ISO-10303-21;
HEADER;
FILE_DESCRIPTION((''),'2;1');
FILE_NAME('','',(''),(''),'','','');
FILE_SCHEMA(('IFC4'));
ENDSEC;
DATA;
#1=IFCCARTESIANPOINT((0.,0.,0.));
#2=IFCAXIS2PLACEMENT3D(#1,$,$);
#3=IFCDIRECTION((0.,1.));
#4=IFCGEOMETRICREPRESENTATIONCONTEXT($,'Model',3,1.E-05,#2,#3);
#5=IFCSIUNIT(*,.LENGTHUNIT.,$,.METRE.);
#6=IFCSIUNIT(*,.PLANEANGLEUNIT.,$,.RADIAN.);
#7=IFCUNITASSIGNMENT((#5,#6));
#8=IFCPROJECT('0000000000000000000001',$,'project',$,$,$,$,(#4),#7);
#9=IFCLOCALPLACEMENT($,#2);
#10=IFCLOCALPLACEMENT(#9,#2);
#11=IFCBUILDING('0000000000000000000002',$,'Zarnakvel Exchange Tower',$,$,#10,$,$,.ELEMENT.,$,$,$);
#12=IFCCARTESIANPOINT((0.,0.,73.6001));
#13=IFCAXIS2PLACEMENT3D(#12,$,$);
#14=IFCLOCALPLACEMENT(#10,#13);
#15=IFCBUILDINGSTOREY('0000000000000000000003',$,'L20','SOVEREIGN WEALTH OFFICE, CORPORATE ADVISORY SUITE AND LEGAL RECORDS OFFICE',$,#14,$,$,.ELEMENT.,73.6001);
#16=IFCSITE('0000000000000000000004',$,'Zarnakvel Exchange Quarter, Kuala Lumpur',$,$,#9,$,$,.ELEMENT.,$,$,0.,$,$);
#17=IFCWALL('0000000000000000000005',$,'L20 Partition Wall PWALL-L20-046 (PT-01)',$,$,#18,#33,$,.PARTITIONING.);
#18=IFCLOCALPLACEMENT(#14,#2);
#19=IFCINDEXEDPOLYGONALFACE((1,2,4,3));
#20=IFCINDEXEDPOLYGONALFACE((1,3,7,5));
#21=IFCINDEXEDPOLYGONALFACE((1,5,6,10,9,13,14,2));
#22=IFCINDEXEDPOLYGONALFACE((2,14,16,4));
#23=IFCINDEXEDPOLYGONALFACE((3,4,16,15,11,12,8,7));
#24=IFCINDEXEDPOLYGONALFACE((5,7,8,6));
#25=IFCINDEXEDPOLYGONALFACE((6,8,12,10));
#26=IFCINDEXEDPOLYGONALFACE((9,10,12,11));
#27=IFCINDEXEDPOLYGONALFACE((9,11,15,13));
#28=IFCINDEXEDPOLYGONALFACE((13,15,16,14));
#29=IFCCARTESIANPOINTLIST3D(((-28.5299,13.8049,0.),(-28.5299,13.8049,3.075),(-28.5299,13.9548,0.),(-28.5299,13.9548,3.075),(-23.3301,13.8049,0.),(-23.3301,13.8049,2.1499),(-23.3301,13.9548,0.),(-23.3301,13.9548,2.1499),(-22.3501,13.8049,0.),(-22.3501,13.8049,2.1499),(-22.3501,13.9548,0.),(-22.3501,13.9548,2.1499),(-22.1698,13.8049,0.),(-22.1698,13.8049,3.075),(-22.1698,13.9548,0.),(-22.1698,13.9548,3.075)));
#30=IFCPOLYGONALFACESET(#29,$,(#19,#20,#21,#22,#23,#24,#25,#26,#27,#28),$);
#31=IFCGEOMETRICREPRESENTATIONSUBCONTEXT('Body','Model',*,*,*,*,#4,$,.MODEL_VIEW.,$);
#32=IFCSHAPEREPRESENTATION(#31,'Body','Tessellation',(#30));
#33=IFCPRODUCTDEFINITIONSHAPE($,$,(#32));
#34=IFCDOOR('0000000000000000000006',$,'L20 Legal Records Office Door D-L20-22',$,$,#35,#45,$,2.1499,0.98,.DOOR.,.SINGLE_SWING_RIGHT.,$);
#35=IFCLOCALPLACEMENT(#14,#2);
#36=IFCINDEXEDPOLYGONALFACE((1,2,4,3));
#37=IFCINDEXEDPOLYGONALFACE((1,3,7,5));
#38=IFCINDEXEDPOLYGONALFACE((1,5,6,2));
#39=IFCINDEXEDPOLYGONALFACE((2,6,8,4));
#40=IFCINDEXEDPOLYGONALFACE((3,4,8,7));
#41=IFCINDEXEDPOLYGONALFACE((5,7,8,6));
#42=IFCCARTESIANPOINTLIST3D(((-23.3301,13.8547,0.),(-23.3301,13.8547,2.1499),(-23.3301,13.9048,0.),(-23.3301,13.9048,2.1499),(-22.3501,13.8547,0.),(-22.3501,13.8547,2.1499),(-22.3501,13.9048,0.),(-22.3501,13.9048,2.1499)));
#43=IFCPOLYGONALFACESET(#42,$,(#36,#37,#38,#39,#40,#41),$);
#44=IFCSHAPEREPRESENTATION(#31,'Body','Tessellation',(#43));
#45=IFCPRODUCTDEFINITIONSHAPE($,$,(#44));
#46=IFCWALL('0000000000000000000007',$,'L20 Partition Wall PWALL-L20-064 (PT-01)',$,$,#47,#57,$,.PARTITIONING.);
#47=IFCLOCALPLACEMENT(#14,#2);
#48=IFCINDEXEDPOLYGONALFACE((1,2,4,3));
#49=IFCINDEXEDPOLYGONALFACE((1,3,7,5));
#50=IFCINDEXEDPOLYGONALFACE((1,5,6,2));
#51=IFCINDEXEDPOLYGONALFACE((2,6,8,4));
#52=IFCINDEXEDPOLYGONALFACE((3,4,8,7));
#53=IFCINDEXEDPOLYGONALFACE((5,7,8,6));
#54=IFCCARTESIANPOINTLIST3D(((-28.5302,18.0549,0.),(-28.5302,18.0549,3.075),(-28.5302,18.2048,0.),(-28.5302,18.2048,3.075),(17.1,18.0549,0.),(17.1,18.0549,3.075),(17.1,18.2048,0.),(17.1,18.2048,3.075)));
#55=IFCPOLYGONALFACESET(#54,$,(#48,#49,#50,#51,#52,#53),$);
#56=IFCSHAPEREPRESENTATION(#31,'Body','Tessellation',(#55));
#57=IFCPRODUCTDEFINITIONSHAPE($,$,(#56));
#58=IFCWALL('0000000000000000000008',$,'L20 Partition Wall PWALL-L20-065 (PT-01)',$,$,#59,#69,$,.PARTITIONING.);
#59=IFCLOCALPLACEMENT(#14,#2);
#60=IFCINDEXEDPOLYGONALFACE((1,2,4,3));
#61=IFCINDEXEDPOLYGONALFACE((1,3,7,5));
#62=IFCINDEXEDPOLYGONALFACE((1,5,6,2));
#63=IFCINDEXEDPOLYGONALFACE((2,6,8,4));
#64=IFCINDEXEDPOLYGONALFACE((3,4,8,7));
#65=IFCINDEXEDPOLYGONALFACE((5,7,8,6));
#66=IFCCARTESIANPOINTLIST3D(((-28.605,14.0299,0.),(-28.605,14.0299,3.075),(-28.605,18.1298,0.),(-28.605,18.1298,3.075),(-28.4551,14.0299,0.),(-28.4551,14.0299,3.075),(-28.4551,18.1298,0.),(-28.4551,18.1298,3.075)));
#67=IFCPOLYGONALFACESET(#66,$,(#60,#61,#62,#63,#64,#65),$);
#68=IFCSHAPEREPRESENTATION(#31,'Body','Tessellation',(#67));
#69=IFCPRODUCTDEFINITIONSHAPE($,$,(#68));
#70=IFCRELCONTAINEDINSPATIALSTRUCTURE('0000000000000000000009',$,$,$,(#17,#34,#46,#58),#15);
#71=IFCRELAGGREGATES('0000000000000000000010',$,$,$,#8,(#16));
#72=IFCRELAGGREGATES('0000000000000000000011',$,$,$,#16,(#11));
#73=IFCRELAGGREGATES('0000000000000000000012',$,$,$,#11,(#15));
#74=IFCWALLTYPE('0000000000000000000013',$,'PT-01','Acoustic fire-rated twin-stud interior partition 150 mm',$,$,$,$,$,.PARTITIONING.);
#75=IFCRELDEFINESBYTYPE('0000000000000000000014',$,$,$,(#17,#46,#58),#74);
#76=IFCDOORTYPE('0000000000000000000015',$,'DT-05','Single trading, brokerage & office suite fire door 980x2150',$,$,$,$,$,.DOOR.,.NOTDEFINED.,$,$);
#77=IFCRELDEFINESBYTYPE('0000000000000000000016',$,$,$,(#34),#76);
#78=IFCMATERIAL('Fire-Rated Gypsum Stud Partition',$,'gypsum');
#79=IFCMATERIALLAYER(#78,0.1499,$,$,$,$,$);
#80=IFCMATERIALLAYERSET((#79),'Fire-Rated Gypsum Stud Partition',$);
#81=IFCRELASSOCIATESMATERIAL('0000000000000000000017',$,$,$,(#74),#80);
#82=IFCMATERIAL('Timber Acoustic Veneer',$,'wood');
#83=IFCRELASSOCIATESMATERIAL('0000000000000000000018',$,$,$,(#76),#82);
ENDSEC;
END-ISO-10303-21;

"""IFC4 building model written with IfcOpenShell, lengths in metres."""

from ifc_helpers import new_model, si_unit, direction, frame, frame_2d, origin, place, context, subcontext, project, spatial, rectangle, extrude, source, transform, mapped, material, layer, layer_set, type_object, element, fill, save


model = new_model("IFC4")

# Units and contexts
model_context = context("Model", 3, precision=1e-05, world=origin(), true_north=direction((0.0, 1.0)))
body_context = subcontext(model_context, "Body", "Model", "MODEL_VIEW")
ifc_project = project(units=[si_unit("LENGTHUNIT", "METRE"), si_unit("PLANEANGLEUNIT", "RADIAN")], contexts=[model_context])

# Site, building, storey
site_placement = place(None, origin())
site = spatial("IfcSite", under=ifc_project, at=site_placement, Name="Zarnakvel Exchange Quarter, Kuala Lumpur", CompositionType="ELEMENT", RefElevation=0.0)
building_placement = place(site_placement, origin())
building = spatial("IfcBuilding", under=site, at=building_placement, Name="Zarnakvel Exchange Tower", CompositionType="ELEMENT")
storey_placement = place(building_placement, frame((0.0, 0.0, 73.6001)))
storey = spatial("IfcBuildingStorey", under=building, at=storey_placement, Name="L20", Description="SOVEREIGN WEALTH OFFICE, CORPORATE ADVISORY SUITE AND LEGAL RECORDS OFFICE", CompositionType="ELEMENT", Elevation=73.6001)

# Wall, opening, door
ifc_material_1 = material(Name="Fire-Rated Gypsum Stud Partition", Category="gypsum")
ifc_layer_1 = layer(ifc_material_1, 0.1499)
ifc_layer_set_1 = layer_set([ifc_layer_1], Name="Fire-Rated Gypsum Stud Partition")
wall_type_1 = type_object("IfcWallType", Name="PT-01", Description="Acoustic fire-rated twin-stud interior partition 150 mm", PredefinedType="PARTITIONING", material=ifc_layer_set_1)
wall_1_placement = place(storey_placement, frame((-28.53, 13.8799, 0.0), z_axis=(0.0, 0.0, 1.0), x_axis=(1.0, 0.0, 0.0)))
wall_1 = element("IfcWall", 1, at=wall_1_placement, inside=storey, type_object=wall_type_1, Name="L20 Partition Wall PWALL-L20-046 (PT-01)", PredefinedType="PARTITIONING", context=body_context, shape_type="SweptSolid", body=[
    extrude(rectangle(XDim=6.3601, YDim=0.1499, at=frame_2d((3.1802, 0.0))), origin(), (0.0, 0.0, 1.0), 3.075),
])
opening_placement = place(wall_1_placement, frame((5.2, 0.0, 0.0)))
opening = element("IfcOpeningElement", 2, at=opening_placement, cuts=wall_1, PredefinedType="OPENING", context=body_context, shape_type="SweptSolid", body=[
    extrude(rectangle(XDim=0.98, YDim=2.1499, at=frame_2d((0.49, 1.075))), frame((0.0, 0.085, 0.0), z_axis=(0.0, -1.0, 0.0), x_axis=(1.0, 0.0, 0.0)), (0.0, 0.0, 1.0), 0.1699),
])
ifc_material_2 = material(Name="Timber Acoustic Veneer", Category="wood")
door_type = type_object("IfcDoorType", Name="DT-05", Description="Single trading, brokerage & office suite fire door 980x2150", OperationType="NOTDEFINED", PredefinedType="DOOR", material=ifc_material_2)
shared_shape_1 = source(origin(), body_context, "Body", "SweptSolid", [
    extrude(rectangle(XDim=0.98, YDim=2.1499, at=frame_2d((0.49, 1.075))), frame((0.0, 0.0249, 0.0), z_axis=(0.0, -1.0, 0.0), x_axis=(1.0, 0.0, 0.0)), (0.0, 0.0, 1.0), 0.05),
])
door_placement = place(opening_placement, origin())
door = element("IfcDoor", 3, at=door_placement, inside=storey, type_object=door_type, Name="L20 Legal Records Office Door D-L20-22", OperationType="SINGLE_SWING_RIGHT", OverallHeight=2.1499, OverallWidth=0.98, PredefinedType="DOOR", context=body_context, shape_type="MappedRepresentation", body=[
    mapped(shared_shape_1, transform((0.0, 0.0, 0.0), x_axis=(1.0, 0.0, 0.0), y_axis=(0.0, 1.0, 0.0), z_axis=(0.0, 0.0, 1.0), scale=1.0)),
])
fill(opening, door)

# Walls
wall_2_placement = place(storey_placement, frame((-28.53, 18.1299, 0.0), z_axis=(0.0, 0.0, 1.0), x_axis=(1.0, 0.0, 0.0)))
element("IfcWall", 4, at=wall_2_placement, inside=storey, type_object=wall_type_1, Name="L20 Partition Wall PWALL-L20-064 (PT-01)", PredefinedType="PARTITIONING", context=body_context, shape_type="SweptSolid", body=[
    extrude(rectangle(XDim=45.6301, YDim=0.1499, at=frame_2d((22.8149, 0.0))), origin(), (0.0, 0.0, 1.0), 3.075),
])
wall_3_placement = place(storey_placement, frame((-28.53, 14.03, 0.0), z_axis=(0.0, 0.0, 1.0), x_axis=(0.0, 1.0, 0.0)))
element("IfcWall", 5, at=wall_3_placement, inside=storey, type_object=wall_type_1, Name="L20 Partition Wall PWALL-L20-065 (PT-01)", PredefinedType="PARTITIONING", context=body_context, shape_type="SweptSolid", body=[
    extrude(rectangle(XDim=4.0999, YDim=0.1499, at=frame_2d((2.0498, 0.0))), origin(), (0.0, 0.0, 1.0), 3.075),
])

save(model, "model.ifc")
